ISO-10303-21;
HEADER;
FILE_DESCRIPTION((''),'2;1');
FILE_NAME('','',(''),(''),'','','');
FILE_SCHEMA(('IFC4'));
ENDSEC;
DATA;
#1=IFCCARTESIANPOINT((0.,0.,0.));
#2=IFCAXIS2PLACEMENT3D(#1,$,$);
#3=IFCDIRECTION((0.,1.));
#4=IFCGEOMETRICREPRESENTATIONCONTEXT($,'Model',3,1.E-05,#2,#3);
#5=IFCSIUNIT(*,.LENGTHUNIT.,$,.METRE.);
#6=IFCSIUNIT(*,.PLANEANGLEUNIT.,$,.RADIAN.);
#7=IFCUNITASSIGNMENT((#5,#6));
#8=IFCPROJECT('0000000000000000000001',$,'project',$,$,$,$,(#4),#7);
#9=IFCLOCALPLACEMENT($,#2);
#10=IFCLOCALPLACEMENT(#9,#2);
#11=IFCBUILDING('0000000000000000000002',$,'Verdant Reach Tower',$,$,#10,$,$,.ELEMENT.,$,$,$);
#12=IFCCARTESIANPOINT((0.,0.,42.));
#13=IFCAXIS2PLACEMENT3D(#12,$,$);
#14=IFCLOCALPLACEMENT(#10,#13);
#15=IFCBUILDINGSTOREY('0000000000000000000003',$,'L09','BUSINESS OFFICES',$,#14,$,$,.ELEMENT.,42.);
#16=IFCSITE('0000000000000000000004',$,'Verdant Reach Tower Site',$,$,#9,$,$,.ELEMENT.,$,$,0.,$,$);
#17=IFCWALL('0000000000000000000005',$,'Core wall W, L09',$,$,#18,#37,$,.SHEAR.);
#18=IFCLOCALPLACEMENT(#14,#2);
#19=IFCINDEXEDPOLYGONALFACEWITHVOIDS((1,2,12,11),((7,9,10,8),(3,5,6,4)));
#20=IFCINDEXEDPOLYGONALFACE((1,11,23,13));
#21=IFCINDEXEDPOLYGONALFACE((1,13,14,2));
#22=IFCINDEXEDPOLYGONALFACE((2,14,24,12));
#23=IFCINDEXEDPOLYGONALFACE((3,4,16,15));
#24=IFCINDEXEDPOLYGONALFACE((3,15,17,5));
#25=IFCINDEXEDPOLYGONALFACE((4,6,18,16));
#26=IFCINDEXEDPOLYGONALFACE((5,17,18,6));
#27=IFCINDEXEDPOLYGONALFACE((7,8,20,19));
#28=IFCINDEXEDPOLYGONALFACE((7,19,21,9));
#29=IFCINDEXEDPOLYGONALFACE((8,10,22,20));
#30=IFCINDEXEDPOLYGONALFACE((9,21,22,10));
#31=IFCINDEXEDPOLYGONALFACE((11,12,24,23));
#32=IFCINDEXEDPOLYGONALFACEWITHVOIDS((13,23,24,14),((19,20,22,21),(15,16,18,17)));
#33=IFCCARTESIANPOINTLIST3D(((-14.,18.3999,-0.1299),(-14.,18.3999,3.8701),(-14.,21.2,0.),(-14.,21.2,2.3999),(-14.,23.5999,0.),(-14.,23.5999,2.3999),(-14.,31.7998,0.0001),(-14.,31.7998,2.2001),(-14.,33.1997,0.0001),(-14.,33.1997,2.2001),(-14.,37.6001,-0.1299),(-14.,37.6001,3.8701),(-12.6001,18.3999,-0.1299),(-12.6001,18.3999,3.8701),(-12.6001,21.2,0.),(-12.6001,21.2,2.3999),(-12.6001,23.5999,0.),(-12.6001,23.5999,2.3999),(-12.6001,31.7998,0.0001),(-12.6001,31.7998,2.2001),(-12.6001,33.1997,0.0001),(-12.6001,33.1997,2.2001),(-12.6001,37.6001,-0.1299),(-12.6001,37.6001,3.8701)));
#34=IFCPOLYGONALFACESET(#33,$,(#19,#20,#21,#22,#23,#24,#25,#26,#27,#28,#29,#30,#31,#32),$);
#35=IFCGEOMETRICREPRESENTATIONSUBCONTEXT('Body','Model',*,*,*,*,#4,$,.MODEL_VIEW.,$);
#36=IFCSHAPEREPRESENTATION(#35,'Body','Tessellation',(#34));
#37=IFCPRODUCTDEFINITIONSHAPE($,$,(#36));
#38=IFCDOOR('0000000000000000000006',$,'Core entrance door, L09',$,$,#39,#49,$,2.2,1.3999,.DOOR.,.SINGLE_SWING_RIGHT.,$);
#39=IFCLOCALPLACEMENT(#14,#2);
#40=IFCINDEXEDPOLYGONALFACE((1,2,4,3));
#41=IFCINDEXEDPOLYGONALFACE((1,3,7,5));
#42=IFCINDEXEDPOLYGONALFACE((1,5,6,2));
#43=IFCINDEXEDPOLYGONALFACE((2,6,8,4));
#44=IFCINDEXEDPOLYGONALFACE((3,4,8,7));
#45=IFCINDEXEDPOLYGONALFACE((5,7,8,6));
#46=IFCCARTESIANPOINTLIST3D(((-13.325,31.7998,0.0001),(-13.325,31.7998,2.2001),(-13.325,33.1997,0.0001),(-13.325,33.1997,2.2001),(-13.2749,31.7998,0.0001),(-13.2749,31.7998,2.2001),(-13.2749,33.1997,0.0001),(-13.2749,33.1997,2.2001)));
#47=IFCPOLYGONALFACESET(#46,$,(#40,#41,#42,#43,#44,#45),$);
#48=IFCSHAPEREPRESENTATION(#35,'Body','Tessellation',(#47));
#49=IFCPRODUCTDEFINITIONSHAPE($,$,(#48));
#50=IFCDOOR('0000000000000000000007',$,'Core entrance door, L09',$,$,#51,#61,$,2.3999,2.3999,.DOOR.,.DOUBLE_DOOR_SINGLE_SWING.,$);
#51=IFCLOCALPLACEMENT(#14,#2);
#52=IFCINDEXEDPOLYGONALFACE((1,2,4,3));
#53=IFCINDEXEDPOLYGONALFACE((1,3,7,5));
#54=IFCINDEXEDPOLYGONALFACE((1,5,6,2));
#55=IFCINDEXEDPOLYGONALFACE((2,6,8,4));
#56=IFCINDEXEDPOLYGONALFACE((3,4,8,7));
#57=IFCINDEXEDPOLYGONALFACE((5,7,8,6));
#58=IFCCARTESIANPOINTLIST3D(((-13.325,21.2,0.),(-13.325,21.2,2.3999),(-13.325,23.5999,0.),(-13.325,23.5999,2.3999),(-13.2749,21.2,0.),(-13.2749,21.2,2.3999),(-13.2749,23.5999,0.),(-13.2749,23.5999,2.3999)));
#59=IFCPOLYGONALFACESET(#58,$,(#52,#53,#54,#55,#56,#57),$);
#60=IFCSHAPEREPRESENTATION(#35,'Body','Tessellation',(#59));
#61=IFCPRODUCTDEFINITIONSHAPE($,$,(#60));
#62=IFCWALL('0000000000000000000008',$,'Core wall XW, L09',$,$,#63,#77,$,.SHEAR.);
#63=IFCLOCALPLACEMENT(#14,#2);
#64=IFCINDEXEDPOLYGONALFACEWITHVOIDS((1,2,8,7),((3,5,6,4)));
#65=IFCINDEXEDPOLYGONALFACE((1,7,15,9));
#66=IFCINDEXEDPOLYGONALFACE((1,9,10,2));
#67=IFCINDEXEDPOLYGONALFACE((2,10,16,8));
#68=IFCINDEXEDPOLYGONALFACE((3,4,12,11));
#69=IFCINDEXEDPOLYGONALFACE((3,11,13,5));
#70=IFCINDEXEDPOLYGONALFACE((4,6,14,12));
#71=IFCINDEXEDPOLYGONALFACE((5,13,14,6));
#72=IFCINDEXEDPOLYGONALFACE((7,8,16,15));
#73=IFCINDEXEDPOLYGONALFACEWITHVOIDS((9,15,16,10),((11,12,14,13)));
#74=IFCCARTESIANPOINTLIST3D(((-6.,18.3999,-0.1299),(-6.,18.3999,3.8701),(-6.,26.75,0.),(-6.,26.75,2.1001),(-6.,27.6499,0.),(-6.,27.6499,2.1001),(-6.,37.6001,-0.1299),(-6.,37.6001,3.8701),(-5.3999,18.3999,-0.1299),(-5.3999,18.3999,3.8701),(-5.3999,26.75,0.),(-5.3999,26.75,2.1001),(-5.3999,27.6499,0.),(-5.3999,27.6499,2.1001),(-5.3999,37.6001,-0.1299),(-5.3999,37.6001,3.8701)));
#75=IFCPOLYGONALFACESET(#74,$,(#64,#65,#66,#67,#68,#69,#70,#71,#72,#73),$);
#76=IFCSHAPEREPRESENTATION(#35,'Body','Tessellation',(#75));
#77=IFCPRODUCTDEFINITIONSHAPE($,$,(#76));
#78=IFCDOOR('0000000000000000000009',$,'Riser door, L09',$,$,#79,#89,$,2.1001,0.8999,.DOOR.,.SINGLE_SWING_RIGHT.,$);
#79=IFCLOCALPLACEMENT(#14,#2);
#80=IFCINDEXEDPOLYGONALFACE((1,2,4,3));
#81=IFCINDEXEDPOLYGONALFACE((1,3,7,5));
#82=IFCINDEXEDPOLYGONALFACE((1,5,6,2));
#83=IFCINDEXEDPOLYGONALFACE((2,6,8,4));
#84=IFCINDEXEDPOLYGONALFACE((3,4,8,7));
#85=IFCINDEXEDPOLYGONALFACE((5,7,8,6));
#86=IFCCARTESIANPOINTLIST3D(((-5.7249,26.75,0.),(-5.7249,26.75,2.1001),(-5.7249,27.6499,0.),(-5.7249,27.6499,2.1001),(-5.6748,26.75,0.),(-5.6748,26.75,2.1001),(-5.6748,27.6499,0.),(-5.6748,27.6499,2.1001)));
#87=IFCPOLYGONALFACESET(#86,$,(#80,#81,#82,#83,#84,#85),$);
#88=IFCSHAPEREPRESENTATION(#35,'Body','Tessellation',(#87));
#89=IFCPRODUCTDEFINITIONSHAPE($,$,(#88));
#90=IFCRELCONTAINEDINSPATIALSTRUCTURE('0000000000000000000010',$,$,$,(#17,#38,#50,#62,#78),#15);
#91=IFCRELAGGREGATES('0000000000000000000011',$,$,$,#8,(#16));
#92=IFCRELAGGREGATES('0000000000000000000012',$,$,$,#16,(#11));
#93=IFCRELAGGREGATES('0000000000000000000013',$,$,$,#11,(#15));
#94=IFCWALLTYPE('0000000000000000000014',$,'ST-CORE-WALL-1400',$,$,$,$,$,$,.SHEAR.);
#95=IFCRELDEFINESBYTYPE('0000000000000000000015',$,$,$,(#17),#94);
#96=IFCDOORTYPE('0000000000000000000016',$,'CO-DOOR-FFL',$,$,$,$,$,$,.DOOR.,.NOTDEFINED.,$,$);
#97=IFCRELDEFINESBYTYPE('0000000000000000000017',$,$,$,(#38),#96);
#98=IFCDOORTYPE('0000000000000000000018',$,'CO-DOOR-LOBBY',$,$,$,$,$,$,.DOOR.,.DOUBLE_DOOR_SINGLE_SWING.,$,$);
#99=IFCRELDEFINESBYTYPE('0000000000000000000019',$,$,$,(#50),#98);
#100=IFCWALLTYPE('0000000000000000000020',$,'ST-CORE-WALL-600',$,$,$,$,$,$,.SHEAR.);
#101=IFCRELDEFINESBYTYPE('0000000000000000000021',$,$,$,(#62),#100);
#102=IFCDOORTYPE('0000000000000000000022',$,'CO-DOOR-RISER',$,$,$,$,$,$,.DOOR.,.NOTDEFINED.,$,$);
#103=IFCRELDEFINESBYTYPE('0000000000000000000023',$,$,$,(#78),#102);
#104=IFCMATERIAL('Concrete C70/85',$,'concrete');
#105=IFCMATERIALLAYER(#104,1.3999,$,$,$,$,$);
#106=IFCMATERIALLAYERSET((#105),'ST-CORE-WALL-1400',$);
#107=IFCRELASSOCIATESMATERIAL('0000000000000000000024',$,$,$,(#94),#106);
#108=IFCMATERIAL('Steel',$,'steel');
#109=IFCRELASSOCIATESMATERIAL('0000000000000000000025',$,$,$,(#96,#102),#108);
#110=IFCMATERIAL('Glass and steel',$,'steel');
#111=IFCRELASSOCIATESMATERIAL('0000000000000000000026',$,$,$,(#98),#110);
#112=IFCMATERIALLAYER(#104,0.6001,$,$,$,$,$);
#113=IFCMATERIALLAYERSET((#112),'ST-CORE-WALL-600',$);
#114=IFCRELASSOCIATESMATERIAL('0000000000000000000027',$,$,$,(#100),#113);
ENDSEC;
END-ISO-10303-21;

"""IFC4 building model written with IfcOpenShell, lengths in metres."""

from ifc_helpers import new_model, si_unit, direction, frame, frame_2d, origin, place, context, subcontext, project, spatial, rectangle, extrude, material, layer, layer_set, type_object, element, fill, save


model = new_model("IFC4")

# Units and contexts
model_context = context("Model", 3, precision=1e-05, world=origin(), true_north=direction((0.0, 1.0)))
body_context = subcontext(model_context, "Body", "Model", "MODEL_VIEW")
ifc_project = project(units=[si_unit("LENGTHUNIT", "METRE"), si_unit("PLANEANGLEUNIT", "RADIAN")], contexts=[model_context])

# Site, building, storey
site_placement = place(None, origin())
site = spatial("IfcSite", under=ifc_project, at=site_placement, Name="Verdant Reach Tower Site", CompositionType="ELEMENT", RefElevation=0.0)
building_placement = place(site_placement, origin())
building = spatial("IfcBuilding", under=site, at=building_placement, Name="Verdant Reach Tower", CompositionType="ELEMENT")
storey_placement = place(building_placement, frame((0.0, 0.0, 42.0)))
storey = spatial("IfcBuildingStorey", under=building, at=storey_placement, Name="L09", Description="BUSINESS OFFICES", CompositionType="ELEMENT", Elevation=42.0)

# Wall, openings, doors
ifc_material_1 = material(Name="Concrete C70/85", Category="concrete")
ifc_layer_1 = layer(ifc_material_1, 1.3999)
ifc_layer_set_1 = layer_set([ifc_layer_1], Name="ST-CORE-WALL-1400")
wall_type_1 = type_object("IfcWallType", Name="ST-CORE-WALL-1400", PredefinedType="SHEAR", material=ifc_layer_set_1)
wall_1_placement = place(storey_placement, frame((-13.3, 18.3999, -0.1299), z_axis=(0.0, 0.0, 1.0), x_axis=(0.0, 1.0, 0.0)))
wall_1 = element("IfcWall", 1, at=wall_1_placement, inside=storey, type_object=wall_type_1, Name="Core wall W, L09", PredefinedType="SHEAR", context=body_context, shape_type="SweptSolid", body=[
    extrude(rectangle(XDim=19.2002, YDim=1.3999, at=frame_2d((9.6001, 0.0))), origin(), (0.0, 0.0, 1.0), 4.0),
])
opening_1_placement = place(wall_1_placement, frame((2.8, 0.0, 0.1299)))
opening_1 = element("IfcOpeningElement", 2, at=opening_1_placement, cuts=wall_1, PredefinedType="OPENING", context=body_context, shape_type="SweptSolid", body=[
    extrude(rectangle(XDim=2.3999, YDim=2.3999, at=frame_2d((1.2, 1.2))), frame((0.0, 0.71, 0.0), z_axis=(0.0, -1.0, 0.0), x_axis=(1.0, 0.0, 0.0)), (0.0, 0.0, 1.0), 1.4199),
])
opening_2_placement = place(wall_1_placement, frame((13.3999, 0.0, 0.1299)))
opening_2 = element("IfcOpeningElement", 3, at=opening_2_placement, cuts=wall_1, PredefinedType="OPENING", context=body_context, shape_type="SweptSolid", body=[
    extrude(rectangle(XDim=1.3999, YDim=2.2, at=frame_2d((0.7, 1.1001))), frame((0.0, 0.71, 0.0), z_axis=(0.0, -1.0, 0.0), x_axis=(1.0, 0.0, 0.0)), (0.0, 0.0, 1.0), 1.4199),
])
ifc_material_2 = material(Name="Steel", Category="steel")
door_type_1 = type_object("IfcDoorType", Name="CO-DOOR-FFL", OperationType="NOTDEFINED", PredefinedType="DOOR", material=ifc_material_2)
door_1_placement = place(opening_2_placement, origin())
door_1 = element("IfcDoor", 4, at=door_1_placement, inside=storey, type_object=door_type_1, Name="Core entrance door, L09", OperationType="SINGLE_SWING_RIGHT", OverallHeight=2.2, OverallWidth=1.3999, PredefinedType="DOOR", context=body_context, shape_type="SweptSolid", body=[
    extrude(rectangle(XDim=1.3999, YDim=2.2, at=frame_2d((0.7, 1.1001))), frame((0.0, 0.0249, 0.0), z_axis=(0.0, -1.0, 0.0), x_axis=(1.0, 0.0, 0.0)), (0.0, 0.0, 1.0), 0.05),
])
fill(opening_2, door_1)
ifc_material_3 = material(Name="Glass and steel", Category="steel")
door_type_2 = type_object("IfcDoorType", Name="CO-DOOR-LOBBY", OperationType="DOUBLE_DOOR_SINGLE_SWING", PredefinedType="DOOR", material=ifc_material_3)
door_2_placement = place(opening_1_placement, origin())
door_2 = element("IfcDoor", 5, at=door_2_placement, inside=storey, type_object=door_type_2, Name="Core entrance door, L09", OperationType="DOUBLE_DOOR_SINGLE_SWING", OverallHeight=2.3999, OverallWidth=2.3999, PredefinedType="DOOR", context=body_context, shape_type="SweptSolid", body=[
    extrude(rectangle(XDim=2.3999, YDim=2.3999, at=frame_2d((1.2, 1.2))), frame((0.0, 0.0249, 0.0), z_axis=(0.0, -1.0, 0.0), x_axis=(1.0, 0.0, 0.0)), (0.0, 0.0, 1.0), 0.05),
])
fill(opening_1, door_2)

# Wall, opening, door
ifc_layer_2 = layer(ifc_material_1, 0.6001)
ifc_layer_set_2 = layer_set([ifc_layer_2], Name="ST-CORE-WALL-600")
wall_type_2 = type_object("IfcWallType", Name="ST-CORE-WALL-600", PredefinedType="SHEAR", material=ifc_layer_set_2)
wall_2_placement = place(storey_placement, frame((-5.7, 18.3999, -0.1299), z_axis=(0.0, 0.0, 1.0), x_axis=(0.0, 1.0, 0.0)))
wall_2 = element("IfcWall", 6, at=wall_2_placement, inside=storey, type_object=wall_type_2, Name="Core wall XW, L09", PredefinedType="SHEAR", context=body_context, shape_type="SweptSolid", body=[
    extrude(rectangle(XDim=19.2002, YDim=0.6001, at=frame_2d((9.6001, 0.0))), origin(), (0.0, 0.0, 1.0), 4.0),
])
opening_3_placement = place(wall_2_placement, frame((8.3501, 0.0, 0.1299)))
opening_3 = element("IfcOpeningElement", 7, at=opening_3_placement, cuts=wall_2, PredefinedType="OPENING", context=body_context, shape_type="SweptSolid", body=[
    extrude(rectangle(XDim=0.8999, YDim=2.1001, at=frame_2d((0.45, 1.05))), frame((0.0, 0.3101, 0.0), z_axis=(0.0, -1.0, 0.0), x_axis=(1.0, 0.0, 0.0)), (0.0, 0.0, 1.0), 0.6201),
])
door_type_3 = type_object("IfcDoorType", Name="CO-DOOR-RISER", OperationType="NOTDEFINED", PredefinedType="DOOR", material=ifc_material_2)
door_3_placement = place(opening_3_placement, origin())
door_3 = element("IfcDoor", 8, at=door_3_placement, inside=storey, type_object=door_type_3, Name="Riser door, L09", OperationType="SINGLE_SWING_RIGHT", OverallHeight=2.1001, OverallWidth=0.8999, PredefinedType="DOOR", context=body_context, shape_type="SweptSolid", body=[
    extrude(rectangle(XDim=0.8999, YDim=2.1001, at=frame_2d((0.45, 1.05))), frame((0.0, 0.0249, 0.0), z_axis=(0.0, -1.0, 0.0), x_axis=(1.0, 0.0, 0.0)), (0.0, 0.0, 1.0), 0.05),
])
fill(opening_3, door_3)

save(model, "model.ifc")
